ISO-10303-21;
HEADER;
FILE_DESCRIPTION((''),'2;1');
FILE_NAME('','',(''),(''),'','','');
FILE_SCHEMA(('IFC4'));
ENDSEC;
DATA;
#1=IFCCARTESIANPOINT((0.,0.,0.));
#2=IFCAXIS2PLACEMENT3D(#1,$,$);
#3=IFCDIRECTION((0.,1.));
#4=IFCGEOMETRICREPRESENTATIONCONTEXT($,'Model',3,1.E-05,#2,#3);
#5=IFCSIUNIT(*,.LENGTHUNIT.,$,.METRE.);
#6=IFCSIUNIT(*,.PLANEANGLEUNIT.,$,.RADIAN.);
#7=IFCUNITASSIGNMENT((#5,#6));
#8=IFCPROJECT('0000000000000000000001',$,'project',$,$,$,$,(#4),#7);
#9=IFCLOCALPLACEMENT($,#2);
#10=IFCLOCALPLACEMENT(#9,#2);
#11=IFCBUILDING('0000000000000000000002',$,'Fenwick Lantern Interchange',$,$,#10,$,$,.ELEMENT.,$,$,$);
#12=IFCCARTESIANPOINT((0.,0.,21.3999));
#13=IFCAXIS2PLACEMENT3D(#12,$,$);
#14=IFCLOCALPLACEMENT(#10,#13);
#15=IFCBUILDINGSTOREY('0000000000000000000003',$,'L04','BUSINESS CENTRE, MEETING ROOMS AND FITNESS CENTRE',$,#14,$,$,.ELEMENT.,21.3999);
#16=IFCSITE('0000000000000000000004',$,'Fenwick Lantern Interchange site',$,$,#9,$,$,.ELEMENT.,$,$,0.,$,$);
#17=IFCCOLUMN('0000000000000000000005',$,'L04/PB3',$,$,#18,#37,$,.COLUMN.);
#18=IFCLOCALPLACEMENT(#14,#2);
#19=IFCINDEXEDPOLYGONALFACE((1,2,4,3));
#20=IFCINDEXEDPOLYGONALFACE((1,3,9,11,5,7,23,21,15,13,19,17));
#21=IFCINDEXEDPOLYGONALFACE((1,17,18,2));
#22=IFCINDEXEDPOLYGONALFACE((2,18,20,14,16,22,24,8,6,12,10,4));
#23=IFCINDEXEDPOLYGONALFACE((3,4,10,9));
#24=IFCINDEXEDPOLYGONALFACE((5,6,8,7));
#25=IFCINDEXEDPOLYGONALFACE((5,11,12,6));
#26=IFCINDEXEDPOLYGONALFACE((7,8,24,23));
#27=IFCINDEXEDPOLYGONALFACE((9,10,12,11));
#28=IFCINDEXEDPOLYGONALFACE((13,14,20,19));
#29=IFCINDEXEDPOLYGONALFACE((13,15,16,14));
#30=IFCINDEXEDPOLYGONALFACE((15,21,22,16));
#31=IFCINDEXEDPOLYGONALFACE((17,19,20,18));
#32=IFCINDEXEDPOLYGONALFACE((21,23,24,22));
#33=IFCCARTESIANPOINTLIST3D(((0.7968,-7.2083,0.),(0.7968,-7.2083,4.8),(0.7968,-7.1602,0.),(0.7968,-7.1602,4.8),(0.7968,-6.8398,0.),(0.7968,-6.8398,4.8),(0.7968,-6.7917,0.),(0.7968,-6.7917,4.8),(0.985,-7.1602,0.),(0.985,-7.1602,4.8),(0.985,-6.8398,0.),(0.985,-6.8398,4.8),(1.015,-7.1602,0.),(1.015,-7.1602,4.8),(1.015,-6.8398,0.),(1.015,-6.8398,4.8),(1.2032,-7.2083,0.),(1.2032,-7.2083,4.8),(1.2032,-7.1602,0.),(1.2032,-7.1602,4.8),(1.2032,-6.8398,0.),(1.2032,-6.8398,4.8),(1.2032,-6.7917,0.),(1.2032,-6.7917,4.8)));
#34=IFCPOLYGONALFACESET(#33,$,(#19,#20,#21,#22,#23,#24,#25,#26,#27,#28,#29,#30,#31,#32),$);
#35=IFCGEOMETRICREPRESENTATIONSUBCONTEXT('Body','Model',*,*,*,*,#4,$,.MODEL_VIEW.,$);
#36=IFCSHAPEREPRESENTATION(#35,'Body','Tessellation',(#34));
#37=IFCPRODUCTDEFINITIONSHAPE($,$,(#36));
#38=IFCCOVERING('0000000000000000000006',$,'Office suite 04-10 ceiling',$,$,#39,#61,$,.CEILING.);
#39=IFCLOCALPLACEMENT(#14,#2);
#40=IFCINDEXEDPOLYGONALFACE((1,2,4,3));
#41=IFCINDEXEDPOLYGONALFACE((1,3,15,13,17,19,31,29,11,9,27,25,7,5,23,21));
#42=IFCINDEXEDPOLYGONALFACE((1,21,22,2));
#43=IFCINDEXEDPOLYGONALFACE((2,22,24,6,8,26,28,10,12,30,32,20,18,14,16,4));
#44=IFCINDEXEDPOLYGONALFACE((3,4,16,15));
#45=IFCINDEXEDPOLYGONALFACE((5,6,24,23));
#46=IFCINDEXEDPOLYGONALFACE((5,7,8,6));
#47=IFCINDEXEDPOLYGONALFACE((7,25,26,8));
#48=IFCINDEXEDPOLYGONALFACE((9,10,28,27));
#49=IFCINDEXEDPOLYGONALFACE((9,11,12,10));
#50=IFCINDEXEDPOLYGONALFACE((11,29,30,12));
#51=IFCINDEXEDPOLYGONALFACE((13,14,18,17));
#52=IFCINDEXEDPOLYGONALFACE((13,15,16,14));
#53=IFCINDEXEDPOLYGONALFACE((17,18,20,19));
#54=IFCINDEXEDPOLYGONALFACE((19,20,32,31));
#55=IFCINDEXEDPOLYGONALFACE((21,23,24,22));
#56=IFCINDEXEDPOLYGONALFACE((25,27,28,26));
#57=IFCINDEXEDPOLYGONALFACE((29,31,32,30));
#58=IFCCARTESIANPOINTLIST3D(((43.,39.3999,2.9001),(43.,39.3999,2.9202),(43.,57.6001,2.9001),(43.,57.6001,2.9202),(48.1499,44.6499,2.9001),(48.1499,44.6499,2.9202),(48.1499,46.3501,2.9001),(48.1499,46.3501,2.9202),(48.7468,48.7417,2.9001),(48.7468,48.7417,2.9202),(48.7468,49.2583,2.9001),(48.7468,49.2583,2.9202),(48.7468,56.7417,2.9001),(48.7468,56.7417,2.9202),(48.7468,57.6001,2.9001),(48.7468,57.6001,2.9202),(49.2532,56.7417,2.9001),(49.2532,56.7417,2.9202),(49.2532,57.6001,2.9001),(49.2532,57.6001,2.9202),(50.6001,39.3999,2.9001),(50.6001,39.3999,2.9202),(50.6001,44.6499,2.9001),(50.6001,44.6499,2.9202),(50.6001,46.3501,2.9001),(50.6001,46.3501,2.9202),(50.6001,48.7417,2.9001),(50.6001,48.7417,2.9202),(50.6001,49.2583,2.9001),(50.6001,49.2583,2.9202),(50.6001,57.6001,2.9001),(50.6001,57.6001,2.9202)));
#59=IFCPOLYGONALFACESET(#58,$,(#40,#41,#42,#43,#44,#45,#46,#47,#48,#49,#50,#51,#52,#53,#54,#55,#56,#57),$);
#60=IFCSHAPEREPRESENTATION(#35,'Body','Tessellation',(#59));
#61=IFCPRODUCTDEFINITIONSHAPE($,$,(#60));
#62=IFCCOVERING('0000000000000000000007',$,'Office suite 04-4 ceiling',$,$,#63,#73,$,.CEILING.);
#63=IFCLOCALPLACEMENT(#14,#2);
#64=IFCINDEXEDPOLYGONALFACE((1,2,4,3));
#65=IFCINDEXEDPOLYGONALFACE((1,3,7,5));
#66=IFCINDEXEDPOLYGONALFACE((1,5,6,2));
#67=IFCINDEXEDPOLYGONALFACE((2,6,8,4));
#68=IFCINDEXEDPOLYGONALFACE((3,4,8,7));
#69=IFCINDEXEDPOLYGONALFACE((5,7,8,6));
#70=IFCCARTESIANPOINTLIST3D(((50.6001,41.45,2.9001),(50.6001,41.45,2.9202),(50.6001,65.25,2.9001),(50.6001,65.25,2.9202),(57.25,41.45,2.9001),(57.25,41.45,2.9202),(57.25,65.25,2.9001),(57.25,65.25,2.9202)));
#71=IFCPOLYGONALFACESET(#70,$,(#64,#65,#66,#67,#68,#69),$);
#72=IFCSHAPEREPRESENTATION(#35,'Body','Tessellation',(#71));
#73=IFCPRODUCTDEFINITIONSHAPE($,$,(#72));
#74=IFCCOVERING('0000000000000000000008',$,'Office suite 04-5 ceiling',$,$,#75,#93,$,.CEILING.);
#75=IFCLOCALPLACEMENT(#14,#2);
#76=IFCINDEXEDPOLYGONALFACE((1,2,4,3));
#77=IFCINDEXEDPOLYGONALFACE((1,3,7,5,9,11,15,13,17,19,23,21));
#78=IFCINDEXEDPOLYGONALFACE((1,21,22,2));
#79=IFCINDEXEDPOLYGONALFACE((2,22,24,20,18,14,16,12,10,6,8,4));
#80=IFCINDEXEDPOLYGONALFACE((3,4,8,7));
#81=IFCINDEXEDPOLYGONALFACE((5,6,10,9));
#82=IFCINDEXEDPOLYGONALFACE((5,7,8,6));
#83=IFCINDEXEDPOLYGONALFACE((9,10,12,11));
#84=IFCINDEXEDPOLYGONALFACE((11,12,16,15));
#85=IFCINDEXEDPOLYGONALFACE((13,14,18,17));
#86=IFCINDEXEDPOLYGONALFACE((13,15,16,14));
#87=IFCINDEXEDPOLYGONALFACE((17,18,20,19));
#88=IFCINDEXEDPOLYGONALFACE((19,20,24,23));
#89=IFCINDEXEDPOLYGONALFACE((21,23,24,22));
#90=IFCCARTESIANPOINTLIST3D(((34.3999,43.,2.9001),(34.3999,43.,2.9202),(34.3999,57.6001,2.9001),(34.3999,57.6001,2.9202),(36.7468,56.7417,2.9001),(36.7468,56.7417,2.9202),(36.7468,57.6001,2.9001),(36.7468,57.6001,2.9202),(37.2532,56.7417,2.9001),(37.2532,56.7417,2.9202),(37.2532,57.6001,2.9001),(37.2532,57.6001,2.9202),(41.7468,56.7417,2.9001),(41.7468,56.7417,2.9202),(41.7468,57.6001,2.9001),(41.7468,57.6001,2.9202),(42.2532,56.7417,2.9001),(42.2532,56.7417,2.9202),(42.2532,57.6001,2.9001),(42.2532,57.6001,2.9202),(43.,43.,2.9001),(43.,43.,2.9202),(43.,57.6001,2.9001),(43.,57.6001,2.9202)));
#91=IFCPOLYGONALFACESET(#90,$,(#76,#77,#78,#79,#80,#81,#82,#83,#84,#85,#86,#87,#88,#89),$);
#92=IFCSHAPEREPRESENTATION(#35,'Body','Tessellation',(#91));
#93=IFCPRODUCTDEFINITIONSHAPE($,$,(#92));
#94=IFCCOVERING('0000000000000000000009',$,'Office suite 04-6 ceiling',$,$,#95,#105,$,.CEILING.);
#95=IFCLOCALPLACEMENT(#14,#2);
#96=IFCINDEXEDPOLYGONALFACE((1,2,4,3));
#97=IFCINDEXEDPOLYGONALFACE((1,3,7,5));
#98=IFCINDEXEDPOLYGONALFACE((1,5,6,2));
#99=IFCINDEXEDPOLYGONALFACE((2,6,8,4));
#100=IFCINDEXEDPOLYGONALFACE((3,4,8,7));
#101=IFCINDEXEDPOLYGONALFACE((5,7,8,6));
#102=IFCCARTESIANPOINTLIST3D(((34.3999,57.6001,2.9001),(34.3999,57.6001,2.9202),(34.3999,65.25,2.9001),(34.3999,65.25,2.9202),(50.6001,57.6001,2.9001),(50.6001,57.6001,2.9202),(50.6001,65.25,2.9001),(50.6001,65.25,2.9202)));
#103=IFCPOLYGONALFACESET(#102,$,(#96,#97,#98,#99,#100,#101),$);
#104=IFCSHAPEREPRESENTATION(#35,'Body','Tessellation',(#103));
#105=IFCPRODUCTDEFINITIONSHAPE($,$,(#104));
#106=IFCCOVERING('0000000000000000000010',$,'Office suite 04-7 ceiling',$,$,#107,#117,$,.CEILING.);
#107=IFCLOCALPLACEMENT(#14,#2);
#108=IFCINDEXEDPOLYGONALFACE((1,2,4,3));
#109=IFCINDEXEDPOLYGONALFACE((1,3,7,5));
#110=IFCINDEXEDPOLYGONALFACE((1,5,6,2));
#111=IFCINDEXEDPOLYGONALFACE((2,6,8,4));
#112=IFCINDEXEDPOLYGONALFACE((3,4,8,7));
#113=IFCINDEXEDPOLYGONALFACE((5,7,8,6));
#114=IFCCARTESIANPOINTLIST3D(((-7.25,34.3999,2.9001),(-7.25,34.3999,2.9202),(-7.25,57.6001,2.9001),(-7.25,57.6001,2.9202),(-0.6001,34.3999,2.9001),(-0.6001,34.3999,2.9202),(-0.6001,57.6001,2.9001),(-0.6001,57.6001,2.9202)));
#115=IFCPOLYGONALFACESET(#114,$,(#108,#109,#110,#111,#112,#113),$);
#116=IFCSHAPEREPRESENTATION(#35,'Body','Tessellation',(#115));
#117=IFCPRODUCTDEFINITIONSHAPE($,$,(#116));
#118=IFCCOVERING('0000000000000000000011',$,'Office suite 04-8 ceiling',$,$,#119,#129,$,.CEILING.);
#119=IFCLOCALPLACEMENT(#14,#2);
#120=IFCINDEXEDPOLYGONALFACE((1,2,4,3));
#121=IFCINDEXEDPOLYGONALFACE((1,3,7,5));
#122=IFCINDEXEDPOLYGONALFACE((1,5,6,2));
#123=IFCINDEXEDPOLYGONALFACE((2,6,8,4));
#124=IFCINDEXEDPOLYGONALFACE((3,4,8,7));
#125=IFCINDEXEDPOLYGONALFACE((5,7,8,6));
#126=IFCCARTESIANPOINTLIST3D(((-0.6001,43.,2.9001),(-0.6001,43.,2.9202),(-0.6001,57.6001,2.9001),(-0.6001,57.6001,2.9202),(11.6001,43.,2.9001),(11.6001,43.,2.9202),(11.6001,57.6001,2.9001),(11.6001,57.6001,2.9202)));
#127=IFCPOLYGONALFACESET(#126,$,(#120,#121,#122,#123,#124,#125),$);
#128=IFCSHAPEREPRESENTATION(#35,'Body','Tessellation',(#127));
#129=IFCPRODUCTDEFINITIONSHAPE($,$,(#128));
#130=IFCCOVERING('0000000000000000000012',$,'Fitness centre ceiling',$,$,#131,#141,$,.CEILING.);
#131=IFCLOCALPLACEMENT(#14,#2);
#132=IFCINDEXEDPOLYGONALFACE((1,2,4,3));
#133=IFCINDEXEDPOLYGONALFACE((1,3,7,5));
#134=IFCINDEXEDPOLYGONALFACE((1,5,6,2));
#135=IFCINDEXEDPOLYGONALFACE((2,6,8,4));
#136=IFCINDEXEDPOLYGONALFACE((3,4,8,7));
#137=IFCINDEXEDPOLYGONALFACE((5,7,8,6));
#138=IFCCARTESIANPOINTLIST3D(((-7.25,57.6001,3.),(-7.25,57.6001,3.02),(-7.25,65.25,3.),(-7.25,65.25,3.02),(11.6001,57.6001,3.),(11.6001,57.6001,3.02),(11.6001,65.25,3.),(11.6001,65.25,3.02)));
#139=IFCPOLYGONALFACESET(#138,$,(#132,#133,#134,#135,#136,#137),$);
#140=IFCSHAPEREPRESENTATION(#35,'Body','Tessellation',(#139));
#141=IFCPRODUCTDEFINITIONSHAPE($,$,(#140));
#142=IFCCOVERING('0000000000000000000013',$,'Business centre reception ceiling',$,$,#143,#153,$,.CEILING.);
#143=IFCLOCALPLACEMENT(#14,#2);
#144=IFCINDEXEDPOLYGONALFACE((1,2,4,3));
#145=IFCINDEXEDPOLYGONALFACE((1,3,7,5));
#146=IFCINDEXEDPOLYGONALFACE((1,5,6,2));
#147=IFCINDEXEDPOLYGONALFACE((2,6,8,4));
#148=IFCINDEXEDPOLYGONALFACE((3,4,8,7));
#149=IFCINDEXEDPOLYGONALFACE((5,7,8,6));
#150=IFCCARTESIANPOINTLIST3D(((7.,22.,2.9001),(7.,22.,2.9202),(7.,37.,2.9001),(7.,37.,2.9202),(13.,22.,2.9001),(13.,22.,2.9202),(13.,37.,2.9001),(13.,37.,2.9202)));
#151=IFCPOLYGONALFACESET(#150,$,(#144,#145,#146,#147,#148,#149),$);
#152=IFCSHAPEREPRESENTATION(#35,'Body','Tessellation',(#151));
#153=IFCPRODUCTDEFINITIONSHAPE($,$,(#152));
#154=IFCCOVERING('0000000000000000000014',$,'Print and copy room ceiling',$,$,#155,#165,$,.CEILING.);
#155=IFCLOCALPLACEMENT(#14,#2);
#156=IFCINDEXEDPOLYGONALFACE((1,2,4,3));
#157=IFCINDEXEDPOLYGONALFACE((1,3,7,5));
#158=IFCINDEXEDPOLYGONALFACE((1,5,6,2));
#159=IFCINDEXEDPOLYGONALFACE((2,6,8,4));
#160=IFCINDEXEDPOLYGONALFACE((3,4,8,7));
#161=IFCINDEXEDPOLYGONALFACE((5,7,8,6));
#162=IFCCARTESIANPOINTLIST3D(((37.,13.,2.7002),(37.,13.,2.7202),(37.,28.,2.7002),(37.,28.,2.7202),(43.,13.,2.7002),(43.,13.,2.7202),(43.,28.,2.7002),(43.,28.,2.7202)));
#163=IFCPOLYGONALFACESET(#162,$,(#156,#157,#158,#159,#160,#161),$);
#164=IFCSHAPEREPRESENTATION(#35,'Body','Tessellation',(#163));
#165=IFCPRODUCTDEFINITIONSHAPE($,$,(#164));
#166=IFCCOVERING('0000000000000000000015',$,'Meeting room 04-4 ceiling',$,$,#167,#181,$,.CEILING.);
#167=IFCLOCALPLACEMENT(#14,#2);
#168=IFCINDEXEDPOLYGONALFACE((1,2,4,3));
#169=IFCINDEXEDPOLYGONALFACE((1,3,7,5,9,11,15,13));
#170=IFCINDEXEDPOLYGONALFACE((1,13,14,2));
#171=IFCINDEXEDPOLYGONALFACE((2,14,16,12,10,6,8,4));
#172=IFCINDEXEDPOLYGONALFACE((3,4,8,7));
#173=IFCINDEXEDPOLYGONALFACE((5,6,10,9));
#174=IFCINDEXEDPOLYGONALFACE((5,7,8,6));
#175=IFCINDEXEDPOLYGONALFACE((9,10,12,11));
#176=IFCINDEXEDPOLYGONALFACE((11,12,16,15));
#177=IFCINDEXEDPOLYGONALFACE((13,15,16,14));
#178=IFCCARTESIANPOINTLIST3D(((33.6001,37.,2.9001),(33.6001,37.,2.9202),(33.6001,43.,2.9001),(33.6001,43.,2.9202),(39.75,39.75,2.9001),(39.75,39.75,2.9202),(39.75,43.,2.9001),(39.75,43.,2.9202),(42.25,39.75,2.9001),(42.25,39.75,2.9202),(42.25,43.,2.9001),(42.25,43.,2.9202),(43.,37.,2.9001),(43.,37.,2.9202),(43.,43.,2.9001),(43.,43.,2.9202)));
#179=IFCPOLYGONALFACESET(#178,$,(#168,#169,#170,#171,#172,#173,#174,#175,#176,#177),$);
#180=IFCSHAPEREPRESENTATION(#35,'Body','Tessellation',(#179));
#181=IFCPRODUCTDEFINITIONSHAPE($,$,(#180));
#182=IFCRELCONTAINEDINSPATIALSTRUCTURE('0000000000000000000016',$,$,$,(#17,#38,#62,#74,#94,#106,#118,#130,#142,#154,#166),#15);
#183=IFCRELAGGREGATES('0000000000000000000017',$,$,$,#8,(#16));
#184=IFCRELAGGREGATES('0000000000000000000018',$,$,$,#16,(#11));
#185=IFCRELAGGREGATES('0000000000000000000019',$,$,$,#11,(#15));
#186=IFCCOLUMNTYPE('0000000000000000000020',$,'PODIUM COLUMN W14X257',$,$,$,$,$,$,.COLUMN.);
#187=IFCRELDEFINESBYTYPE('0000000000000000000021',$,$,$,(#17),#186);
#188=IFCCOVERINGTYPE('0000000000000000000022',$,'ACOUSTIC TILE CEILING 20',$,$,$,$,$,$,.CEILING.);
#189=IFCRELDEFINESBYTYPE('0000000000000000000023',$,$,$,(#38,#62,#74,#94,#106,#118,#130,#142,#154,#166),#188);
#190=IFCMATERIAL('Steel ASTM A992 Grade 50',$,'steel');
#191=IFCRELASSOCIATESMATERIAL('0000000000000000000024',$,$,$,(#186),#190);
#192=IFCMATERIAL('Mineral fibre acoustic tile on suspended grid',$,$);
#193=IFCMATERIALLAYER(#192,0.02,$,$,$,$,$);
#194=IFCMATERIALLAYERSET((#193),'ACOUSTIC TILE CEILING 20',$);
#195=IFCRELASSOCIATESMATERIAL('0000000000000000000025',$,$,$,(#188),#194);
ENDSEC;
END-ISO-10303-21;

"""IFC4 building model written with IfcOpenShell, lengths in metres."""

from ifc_helpers import new_model, si_unit, direction, frame, origin, origin_2d, place, context, subcontext, project, spatial, polyline, i_section, outline, extrude, material, layer, layer_set, material_profile, profile_set, type_object, element, save


model = new_model("IFC4")

# Units and contexts
model_context = context("Model", 3, precision=1e-05, world=origin(), true_north=direction((0.0, 1.0)))
body_context = subcontext(model_context, "Body", "Model", "MODEL_VIEW")
ifc_project = project(units=[si_unit("LENGTHUNIT", "METRE"), si_unit("PLANEANGLEUNIT", "RADIAN")], contexts=[model_context])

# Site, building, storey
site_placement = place(None, origin())
site = spatial("IfcSite", under=ifc_project, at=site_placement, Name="Fenwick Lantern Interchange site", CompositionType="ELEMENT", RefElevation=0.0)
building_placement = place(site_placement, origin())
building = spatial("IfcBuilding", under=site, at=building_placement, Name="Fenwick Lantern Interchange", CompositionType="ELEMENT")
storey_placement = place(building_placement, frame((0.0, 0.0, 21.3999)))
storey = spatial("IfcBuildingStorey", under=building, at=storey_placement, Name="L04", Description="BUSINESS CENTRE, MEETING ROOMS AND FITNESS CENTRE", CompositionType="ELEMENT", Elevation=21.3999)

# Column
ifc_material_1 = material(Name="Steel ASTM A992 Grade 50", Category="steel")
ifc_material_profile = material_profile(ifc_material_1, i_section(OverallWidth=0.4065, OverallDepth=0.4165, WebThickness=0.03, FlangeThickness=0.0481, at=origin_2d()), Name="W14X257")
ifc_profile_set = profile_set([ifc_material_profile], Name="Steel ASTM A992 Grade 50")
column_type = type_object("IfcColumnType", Name="PODIUM COLUMN W14X257", PredefinedType="COLUMN", material=ifc_profile_set)
column_placement = place(storey_placement, frame((1.0, -7.0, 0.0), z_axis=(0.0, 0.0, 1.0), x_axis=(1.0, 0.0, 0.0)))
element("IfcColumn", 1, at=column_placement, inside=storey, type_object=column_type, Name="L04/PB3", PredefinedType="COLUMN", context=body_context, shape_type="SweptSolid", body=[
    extrude(i_section(OverallWidth=0.4065, OverallDepth=0.4165, WebThickness=0.03, FlangeThickness=0.0481, at=origin_2d()), origin(), (0.0, 0.0, 1.0), 4.8),
])

# Coverings
ifc_material_2 = material(Name="Mineral fibre acoustic tile on suspended grid")
ifc_layer_1 = layer(ifc_material_2, 0.02)
ifc_layer_set_1 = layer_set([ifc_layer_1], Name="ACOUSTIC TILE CEILING 20")
covering_type_1 = type_object("IfcCoveringType", Name="ACOUSTIC TILE CEILING 20", PredefinedType="CEILING", material=ifc_layer_set_1)
covering_1_placement = place(storey_placement, frame((0.0, 0.0, 2.9001)))
element("IfcCovering", 2, at=covering_1_placement, inside=storey, type_object=covering_type_1, Name="Office suite 04-10 ceiling", PredefinedType="CEILING", context=body_context, shape_type="SweptSolid", body=[
    extrude(outline(polyline([(50.6001, 49.2583), (50.6001, 57.6001), (49.2532, 57.6001), (49.2532, 56.7417), (48.7468, 56.7417), (48.7468, 57.6001), (43.0, 57.6001), (43.0, 39.3999), (50.6001, 39.3999), (50.6001, 44.6499), (48.1499, 44.6499), (48.1499, 46.3501), (50.6001, 46.3501), (50.6001, 48.7417), (48.7468, 48.7417), (48.7468, 49.2583), (50.6001, 49.2583)])), origin(), (0.0, 0.0, 1.0), 0.02),
])
covering_2_placement = place(storey_placement, frame((0.0, 0.0, 2.9001)))
element("IfcCovering", 3, at=covering_2_placement, inside=storey, type_object=covering_type_1, Name="Office suite 04-4 ceiling", PredefinedType="CEILING", context=body_context, shape_type="SweptSolid", body=[
    extrude(outline(polyline([(57.25, 65.25), (50.6001, 65.25), (50.6001, 41.45), (57.25, 41.45), (57.25, 65.25)])), origin(), (0.0, 0.0, 1.0), 0.02),
])
covering_3_placement = place(storey_placement, frame((0.0, 0.0, 2.9001)))
element("IfcCovering", 4, at=covering_3_placement, inside=storey, type_object=covering_type_1, Name="Office suite 04-5 ceiling", PredefinedType="CEILING", context=body_context, shape_type="SweptSolid", body=[
    extrude(outline(polyline([(36.7468, 57.6001), (34.3999, 57.6001), (34.3999, 43.0), (43.0, 43.0), (43.0, 57.6001), (42.2532, 57.6001), (42.2532, 56.7417), (41.7468, 56.7417), (41.7468, 57.6001), (37.2532, 57.6001), (37.2532, 56.7417), (36.7468, 56.7417), (36.7468, 57.6001)])), origin(), (0.0, 0.0, 1.0), 0.02),
])
covering_4_placement = place(storey_placement, frame((0.0, 0.0, 2.9001)))
element("IfcCovering", 5, at=covering_4_placement, inside=storey, type_object=covering_type_1, Name="Office suite 04-6 ceiling", PredefinedType="CEILING", context=body_context, shape_type="SweptSolid", body=[
    extrude(outline(polyline([(50.6001, 57.6001), (50.6001, 65.25), (34.3999, 65.25), (34.3999, 57.6001), (50.6001, 57.6001)])), origin(), (0.0, 0.0, 1.0), 0.02),
])
covering_5_placement = place(storey_placement, frame((0.0, 0.0, 2.9001)))
element("IfcCovering", 6, at=covering_5_placement, inside=storey, type_object=covering_type_1, Name="Office suite 04-7 ceiling", PredefinedType="CEILING", context=body_context, shape_type="SweptSolid", body=[
    extrude(outline(polyline([(-0.6001, 57.6001), (-7.25, 57.6001), (-7.25, 34.3999), (-0.6001, 34.3999), (-0.6001, 57.6001)])), origin(), (0.0, 0.0, 1.0), 0.02),
])
covering_6_placement = place(storey_placement, frame((0.0, 0.0, 2.9001)))
element("IfcCovering", 7, at=covering_6_placement, inside=storey, type_object=covering_type_1, Name="Office suite 04-8 ceiling", PredefinedType="CEILING", context=body_context, shape_type="SweptSolid", body=[
    extrude(outline(polyline([(-0.6001, 43.0), (11.6001, 43.0), (11.6001, 57.6001), (-0.6001, 57.6001), (-0.6001, 43.0)])), origin(), (0.0, 0.0, 1.0), 0.02),
])
covering_7_placement = place(storey_placement, frame((0.0, 0.0, 3.0)))
element("IfcCovering", 8, at=covering_7_placement, inside=storey, type_object=covering_type_1, Name="Fitness centre ceiling", PredefinedType="CEILING", context=body_context, shape_type="SweptSolid", body=[
    extrude(outline(polyline([(11.6001, 57.6001), (11.6001, 65.25), (-7.25, 65.25), (-7.25, 57.6001), (11.6001, 57.6001)])), origin(), (0.0, 0.0, 1.0), 0.02),
])
covering_8_placement = place(storey_placement, frame((0.0, 0.0, 2.9001)))
element("IfcCovering", 9, at=covering_8_placement, inside=storey, type_object=covering_type_1, Name="Business centre reception ceiling", PredefinedType="CEILING", context=body_context, shape_type="SweptSolid", body=[
    extrude(outline(polyline([(7.0, 22.0), (13.0, 22.0), (13.0, 37.0), (7.0, 37.0), (7.0, 22.0)])), origin(), (0.0, 0.0, 1.0), 0.02),
])
covering_9_placement = place(storey_placement, frame((0.0, 0.0, 2.7002)))
element("IfcCovering", 10, at=covering_9_placement, inside=storey, type_object=covering_type_1, Name="Print and copy room ceiling", PredefinedType="CEILING", context=body_context, shape_type="SweptSolid", body=[
    extrude(outline(polyline([(37.0, 13.0), (43.0, 13.0), (43.0, 28.0), (37.0, 28.0), (37.0, 13.0)])), origin(), (0.0, 0.0, 1.0), 0.02),
])
covering_10_placement = place(storey_placement, frame((0.0, 0.0, 2.9001)))
element("IfcCovering", 11, at=covering_10_placement, inside=storey, type_object=covering_type_1, Name="Meeting room 04-4 ceiling", PredefinedType="CEILING", context=body_context, shape_type="SweptSolid", body=[
    extrude(outline(polyline([(33.6001, 43.0), (33.6001, 37.0), (43.0, 37.0), (43.0, 43.0), (42.25, 43.0), (42.25, 39.75), (39.75, 39.75), (39.75, 43.0), (33.6001, 43.0)])), origin(), (0.0, 0.0, 1.0), 0.02),
])

save(model, "model.ifc")
